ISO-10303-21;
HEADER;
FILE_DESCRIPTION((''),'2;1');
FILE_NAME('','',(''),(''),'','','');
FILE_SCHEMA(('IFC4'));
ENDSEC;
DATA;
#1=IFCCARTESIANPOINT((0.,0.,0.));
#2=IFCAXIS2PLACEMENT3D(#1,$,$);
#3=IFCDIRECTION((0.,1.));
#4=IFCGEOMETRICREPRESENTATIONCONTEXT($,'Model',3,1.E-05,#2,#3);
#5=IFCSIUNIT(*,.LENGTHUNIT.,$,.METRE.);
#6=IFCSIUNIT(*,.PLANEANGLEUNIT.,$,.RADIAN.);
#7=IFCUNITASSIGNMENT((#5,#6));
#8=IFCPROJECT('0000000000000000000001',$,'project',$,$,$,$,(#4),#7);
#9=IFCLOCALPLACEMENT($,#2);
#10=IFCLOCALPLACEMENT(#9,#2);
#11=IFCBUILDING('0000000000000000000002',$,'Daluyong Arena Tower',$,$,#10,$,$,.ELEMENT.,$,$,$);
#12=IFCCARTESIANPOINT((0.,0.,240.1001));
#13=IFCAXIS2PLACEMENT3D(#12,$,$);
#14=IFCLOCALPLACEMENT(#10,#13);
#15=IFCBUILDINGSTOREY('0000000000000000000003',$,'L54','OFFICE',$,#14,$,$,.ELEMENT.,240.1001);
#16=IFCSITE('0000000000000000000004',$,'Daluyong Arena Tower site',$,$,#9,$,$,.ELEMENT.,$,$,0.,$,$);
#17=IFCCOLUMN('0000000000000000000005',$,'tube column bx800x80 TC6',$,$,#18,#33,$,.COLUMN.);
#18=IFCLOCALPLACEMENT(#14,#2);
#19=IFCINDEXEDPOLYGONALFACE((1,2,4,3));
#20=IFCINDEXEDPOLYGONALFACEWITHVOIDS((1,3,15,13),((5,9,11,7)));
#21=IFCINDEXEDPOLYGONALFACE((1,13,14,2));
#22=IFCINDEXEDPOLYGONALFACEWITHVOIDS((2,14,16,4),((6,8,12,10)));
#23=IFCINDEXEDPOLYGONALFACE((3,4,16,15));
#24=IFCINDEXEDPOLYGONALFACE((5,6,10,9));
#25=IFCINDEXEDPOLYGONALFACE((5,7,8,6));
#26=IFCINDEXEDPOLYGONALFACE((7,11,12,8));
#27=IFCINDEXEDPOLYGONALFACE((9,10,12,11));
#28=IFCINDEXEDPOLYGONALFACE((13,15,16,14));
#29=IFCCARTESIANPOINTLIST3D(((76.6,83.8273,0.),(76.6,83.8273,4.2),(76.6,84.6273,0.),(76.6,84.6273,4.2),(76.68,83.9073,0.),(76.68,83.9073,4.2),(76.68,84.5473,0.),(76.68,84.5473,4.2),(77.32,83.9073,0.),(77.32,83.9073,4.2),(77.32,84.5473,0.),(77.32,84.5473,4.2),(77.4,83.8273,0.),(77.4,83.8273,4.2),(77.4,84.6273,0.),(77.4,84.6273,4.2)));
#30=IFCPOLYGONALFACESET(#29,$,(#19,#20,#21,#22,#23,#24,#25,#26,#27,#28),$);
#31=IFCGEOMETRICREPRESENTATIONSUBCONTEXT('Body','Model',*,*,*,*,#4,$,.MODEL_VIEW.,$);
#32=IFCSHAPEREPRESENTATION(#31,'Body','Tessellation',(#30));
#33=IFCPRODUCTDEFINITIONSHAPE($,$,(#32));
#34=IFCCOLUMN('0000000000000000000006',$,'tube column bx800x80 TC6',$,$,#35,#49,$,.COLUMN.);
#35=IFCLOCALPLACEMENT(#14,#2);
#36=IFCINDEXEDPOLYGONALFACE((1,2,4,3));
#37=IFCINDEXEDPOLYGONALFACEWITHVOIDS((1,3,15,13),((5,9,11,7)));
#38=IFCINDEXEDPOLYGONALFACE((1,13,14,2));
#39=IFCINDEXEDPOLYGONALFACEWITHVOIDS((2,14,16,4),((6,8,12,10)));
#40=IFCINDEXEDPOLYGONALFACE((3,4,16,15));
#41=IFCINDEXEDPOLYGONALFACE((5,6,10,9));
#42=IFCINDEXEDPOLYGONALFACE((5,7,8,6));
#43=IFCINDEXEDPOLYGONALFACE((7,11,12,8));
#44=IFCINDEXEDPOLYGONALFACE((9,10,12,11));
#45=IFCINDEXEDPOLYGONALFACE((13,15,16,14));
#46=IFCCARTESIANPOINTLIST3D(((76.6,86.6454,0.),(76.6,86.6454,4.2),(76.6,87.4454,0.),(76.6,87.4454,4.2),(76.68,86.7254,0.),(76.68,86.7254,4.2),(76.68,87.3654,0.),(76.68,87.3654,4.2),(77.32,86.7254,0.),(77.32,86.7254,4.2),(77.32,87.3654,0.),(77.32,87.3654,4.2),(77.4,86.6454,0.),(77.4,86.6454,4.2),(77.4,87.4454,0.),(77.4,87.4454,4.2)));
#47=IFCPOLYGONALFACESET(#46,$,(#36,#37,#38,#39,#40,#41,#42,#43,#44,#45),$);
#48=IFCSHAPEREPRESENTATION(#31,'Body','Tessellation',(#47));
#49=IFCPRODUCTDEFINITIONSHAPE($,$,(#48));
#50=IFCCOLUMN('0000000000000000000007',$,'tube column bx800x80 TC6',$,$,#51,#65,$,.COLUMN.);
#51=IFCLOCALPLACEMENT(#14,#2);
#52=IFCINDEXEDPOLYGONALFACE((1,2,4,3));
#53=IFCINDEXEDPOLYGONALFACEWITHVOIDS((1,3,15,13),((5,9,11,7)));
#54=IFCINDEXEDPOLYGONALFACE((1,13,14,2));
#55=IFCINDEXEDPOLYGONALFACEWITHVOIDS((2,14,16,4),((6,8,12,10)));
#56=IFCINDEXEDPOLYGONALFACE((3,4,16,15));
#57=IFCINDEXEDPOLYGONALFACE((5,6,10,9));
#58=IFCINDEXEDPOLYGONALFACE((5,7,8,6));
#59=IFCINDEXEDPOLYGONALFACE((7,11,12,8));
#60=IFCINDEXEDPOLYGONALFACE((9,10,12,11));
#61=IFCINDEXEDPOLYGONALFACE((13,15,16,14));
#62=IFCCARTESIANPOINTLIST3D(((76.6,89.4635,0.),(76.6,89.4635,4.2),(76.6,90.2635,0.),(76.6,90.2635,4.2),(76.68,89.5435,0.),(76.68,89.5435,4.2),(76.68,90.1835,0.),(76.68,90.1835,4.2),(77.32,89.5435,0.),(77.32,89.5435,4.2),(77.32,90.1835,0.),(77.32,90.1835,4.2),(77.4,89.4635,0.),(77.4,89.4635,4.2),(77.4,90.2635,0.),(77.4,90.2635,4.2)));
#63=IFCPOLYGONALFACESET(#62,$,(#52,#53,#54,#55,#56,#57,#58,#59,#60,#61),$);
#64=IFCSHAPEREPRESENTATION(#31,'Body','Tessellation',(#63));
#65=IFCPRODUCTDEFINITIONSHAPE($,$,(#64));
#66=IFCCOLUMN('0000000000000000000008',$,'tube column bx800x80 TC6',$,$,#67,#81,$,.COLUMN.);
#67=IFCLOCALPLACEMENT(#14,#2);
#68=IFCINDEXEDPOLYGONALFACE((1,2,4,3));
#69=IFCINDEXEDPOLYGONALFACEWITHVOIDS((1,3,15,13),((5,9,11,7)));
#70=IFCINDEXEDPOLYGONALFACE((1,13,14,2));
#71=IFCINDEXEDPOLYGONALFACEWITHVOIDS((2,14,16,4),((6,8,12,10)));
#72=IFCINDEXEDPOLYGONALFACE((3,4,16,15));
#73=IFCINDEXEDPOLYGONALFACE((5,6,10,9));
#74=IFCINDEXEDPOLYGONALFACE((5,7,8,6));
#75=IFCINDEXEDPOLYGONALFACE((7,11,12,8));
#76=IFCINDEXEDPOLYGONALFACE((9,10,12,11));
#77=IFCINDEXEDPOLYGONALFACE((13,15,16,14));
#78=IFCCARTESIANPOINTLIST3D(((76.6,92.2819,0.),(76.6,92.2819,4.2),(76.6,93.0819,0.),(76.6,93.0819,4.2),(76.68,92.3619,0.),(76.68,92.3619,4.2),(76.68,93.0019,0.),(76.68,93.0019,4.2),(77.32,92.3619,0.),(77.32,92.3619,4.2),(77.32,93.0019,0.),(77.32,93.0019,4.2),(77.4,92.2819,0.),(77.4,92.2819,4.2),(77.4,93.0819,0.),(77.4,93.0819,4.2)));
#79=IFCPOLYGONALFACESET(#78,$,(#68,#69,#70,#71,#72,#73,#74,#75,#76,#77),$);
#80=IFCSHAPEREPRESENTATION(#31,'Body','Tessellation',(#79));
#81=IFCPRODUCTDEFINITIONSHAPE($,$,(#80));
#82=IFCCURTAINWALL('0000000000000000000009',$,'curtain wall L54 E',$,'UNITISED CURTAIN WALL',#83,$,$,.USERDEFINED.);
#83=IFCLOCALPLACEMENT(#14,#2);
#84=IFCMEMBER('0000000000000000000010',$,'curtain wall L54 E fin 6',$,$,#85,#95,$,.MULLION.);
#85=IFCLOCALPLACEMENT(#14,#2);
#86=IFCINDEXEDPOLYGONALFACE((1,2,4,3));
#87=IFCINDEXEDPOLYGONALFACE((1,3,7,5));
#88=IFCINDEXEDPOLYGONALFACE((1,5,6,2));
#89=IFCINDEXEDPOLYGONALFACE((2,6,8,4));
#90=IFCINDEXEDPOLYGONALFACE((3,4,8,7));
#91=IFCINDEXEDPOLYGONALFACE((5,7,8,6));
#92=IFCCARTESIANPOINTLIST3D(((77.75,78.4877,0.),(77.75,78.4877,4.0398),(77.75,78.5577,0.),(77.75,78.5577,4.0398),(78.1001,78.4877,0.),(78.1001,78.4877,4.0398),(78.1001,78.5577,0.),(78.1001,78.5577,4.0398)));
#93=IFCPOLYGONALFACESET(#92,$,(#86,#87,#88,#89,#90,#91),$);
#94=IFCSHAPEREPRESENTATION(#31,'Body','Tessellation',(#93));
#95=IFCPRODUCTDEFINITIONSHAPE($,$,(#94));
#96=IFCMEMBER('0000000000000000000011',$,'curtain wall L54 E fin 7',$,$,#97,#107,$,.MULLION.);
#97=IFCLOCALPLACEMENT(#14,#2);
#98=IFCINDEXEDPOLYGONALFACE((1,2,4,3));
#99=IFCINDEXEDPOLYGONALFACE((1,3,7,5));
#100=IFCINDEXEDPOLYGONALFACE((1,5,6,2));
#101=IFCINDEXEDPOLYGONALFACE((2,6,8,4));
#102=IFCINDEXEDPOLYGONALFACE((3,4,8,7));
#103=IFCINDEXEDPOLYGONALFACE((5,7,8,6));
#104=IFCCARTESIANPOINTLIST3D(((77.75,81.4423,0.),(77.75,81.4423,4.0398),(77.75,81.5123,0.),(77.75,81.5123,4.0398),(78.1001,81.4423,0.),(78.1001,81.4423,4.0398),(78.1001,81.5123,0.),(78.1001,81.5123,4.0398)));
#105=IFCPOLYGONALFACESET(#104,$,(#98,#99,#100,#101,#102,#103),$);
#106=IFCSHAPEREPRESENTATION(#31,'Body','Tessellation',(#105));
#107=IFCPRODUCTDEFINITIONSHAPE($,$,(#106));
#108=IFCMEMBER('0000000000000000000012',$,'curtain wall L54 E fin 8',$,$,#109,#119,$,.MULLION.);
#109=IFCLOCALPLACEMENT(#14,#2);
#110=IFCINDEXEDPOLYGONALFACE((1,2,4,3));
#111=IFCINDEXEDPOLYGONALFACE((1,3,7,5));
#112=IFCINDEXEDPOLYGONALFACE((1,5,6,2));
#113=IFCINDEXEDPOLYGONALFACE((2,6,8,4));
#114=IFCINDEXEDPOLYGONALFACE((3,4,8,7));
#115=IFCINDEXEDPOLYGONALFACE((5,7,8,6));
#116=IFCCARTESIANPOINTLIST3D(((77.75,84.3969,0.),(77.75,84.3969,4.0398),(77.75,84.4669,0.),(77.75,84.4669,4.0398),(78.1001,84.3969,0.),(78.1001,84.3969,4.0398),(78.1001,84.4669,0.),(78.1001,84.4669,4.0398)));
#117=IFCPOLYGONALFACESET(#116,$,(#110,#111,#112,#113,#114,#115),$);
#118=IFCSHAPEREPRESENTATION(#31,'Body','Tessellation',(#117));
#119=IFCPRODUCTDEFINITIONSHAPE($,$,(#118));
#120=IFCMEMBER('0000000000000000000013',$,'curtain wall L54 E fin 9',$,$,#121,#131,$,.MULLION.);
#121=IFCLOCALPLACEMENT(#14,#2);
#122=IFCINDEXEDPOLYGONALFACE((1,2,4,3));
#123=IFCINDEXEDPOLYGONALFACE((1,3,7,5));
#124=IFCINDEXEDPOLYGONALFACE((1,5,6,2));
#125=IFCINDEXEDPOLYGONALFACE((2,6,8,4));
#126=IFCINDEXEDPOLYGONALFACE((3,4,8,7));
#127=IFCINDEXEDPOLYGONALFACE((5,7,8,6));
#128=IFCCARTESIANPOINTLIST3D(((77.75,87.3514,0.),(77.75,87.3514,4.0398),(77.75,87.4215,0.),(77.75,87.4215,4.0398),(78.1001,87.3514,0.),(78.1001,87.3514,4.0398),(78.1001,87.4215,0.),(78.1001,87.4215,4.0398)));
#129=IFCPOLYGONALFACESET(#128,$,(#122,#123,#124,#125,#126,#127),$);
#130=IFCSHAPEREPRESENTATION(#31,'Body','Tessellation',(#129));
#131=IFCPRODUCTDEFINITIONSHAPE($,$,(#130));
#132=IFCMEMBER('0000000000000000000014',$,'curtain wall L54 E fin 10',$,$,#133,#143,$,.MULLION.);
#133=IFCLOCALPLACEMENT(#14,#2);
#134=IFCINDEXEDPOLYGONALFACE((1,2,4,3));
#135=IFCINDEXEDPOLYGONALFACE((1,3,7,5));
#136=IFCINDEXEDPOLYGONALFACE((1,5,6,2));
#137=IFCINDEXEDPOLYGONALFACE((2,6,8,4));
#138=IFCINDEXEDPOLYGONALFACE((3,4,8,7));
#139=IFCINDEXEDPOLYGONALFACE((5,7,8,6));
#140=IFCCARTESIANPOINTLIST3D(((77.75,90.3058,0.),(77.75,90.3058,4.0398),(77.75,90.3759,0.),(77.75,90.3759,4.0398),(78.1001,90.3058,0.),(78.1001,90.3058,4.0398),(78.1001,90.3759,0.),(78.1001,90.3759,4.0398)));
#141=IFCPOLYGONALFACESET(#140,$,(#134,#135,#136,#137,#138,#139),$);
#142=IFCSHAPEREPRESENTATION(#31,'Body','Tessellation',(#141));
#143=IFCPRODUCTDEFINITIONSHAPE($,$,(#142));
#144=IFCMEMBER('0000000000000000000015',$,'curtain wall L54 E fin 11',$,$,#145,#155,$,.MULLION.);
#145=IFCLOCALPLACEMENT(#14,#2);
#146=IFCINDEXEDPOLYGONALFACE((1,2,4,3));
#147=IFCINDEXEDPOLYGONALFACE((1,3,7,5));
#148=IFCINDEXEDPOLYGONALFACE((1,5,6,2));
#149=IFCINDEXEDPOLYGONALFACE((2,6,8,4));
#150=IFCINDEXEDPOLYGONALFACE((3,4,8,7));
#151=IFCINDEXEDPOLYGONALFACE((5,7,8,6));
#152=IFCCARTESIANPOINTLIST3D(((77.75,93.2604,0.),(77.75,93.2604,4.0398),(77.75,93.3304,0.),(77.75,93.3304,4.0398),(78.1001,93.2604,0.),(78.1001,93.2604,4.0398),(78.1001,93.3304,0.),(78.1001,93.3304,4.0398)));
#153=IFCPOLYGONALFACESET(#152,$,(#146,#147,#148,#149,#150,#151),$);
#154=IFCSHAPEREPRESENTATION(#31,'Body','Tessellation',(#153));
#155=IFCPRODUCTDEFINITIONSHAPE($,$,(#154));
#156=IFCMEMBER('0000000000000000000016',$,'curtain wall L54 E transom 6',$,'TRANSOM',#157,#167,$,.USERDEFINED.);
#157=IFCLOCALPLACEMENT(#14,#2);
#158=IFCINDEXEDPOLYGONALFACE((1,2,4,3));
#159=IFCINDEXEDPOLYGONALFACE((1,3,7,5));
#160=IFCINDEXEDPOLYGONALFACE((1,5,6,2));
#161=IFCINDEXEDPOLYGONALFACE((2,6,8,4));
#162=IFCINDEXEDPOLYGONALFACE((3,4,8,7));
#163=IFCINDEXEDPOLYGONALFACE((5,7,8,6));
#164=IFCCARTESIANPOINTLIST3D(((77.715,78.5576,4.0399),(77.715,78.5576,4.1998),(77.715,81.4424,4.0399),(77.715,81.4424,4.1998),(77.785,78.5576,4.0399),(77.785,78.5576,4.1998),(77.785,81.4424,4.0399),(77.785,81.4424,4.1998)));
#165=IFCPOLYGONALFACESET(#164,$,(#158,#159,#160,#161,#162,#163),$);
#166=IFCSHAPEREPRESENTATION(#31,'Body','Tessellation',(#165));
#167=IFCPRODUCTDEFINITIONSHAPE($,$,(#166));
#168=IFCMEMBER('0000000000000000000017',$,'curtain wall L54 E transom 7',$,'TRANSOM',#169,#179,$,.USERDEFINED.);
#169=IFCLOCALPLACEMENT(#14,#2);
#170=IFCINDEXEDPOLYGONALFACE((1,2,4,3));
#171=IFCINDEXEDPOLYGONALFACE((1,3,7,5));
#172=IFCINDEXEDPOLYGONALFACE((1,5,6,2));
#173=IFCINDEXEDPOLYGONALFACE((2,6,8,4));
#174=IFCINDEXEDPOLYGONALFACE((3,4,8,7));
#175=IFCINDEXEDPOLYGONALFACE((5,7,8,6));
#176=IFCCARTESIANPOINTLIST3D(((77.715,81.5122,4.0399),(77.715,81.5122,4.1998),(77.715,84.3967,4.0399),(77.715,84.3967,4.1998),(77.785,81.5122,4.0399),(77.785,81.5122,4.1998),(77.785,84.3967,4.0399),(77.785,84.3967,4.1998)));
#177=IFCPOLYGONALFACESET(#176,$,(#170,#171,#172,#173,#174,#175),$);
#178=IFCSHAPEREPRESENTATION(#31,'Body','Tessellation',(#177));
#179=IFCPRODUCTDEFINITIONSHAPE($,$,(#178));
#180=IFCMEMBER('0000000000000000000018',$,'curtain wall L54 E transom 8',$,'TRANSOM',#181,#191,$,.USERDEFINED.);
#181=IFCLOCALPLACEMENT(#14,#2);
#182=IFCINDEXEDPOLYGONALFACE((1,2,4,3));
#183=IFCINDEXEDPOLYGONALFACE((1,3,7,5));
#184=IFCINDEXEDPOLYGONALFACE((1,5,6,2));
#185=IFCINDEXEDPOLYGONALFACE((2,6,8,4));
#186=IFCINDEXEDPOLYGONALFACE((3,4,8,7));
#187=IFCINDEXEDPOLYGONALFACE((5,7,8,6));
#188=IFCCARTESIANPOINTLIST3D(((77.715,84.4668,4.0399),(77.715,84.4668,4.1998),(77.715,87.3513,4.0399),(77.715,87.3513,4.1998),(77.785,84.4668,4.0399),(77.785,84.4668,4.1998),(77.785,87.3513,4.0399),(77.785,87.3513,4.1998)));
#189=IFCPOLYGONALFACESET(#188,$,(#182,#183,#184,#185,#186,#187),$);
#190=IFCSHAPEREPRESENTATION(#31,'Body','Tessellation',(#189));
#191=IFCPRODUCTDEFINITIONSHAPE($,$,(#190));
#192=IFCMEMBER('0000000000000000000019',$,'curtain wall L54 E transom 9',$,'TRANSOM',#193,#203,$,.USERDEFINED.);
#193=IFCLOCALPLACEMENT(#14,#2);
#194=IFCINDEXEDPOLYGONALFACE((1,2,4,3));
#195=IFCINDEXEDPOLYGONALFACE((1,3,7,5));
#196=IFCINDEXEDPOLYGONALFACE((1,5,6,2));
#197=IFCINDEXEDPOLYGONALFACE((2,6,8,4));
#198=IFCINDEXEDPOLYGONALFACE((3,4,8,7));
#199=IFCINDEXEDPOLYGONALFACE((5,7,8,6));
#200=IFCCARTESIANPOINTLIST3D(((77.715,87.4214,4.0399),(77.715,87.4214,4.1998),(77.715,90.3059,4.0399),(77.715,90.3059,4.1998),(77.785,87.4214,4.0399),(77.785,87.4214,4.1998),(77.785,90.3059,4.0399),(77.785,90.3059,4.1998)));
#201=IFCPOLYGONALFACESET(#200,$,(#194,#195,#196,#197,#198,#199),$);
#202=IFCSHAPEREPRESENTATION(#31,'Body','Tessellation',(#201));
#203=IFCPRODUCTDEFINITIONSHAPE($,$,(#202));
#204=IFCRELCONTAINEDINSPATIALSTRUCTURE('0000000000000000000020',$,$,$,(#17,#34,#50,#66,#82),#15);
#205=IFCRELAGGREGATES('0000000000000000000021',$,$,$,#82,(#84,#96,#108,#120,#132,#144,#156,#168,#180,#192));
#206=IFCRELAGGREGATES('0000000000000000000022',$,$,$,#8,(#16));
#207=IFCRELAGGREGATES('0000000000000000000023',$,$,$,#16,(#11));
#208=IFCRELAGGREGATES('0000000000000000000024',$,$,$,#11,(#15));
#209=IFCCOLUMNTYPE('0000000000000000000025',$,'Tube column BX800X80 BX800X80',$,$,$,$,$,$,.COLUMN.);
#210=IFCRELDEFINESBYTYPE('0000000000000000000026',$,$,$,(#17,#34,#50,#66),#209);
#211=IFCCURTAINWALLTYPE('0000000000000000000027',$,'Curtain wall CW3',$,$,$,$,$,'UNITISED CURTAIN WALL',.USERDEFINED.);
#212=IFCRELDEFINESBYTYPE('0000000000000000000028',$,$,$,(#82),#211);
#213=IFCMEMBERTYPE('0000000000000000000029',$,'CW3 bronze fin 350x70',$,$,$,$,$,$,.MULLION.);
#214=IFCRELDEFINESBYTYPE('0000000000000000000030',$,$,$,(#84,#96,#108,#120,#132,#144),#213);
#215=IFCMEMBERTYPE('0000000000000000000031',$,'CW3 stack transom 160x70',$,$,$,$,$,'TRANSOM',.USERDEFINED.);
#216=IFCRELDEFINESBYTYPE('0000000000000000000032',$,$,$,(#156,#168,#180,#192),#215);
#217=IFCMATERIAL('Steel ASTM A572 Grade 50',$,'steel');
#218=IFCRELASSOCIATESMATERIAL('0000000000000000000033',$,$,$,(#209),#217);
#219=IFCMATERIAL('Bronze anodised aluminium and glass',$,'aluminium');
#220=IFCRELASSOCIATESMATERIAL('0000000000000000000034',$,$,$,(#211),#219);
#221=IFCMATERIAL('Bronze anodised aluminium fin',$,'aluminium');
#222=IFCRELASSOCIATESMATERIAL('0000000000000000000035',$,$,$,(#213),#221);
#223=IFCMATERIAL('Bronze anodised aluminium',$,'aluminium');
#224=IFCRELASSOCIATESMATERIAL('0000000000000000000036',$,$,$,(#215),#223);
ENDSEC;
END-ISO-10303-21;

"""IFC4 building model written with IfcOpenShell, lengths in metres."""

from ifc_helpers import new_model, si_unit, direction, frame, origin, origin_2d, place, context, subcontext, project, spatial, rectangle, hollow_rectangle, extrude, material, material_profile, profile_set, type_object, element, aggregate, save


model = new_model("IFC4")

# Units and contexts
model_context = context("Model", 3, precision=1e-05, world=origin(), true_north=direction((0.0, 1.0)))
body_context = subcontext(model_context, "Body", "Model", "MODEL_VIEW")
ifc_project = project(units=[si_unit("LENGTHUNIT", "METRE"), si_unit("PLANEANGLEUNIT", "RADIAN")], contexts=[model_context])

# Site, building, storey
site_placement = place(None, origin())
site = spatial("IfcSite", under=ifc_project, at=site_placement, Name="Daluyong Arena Tower site", CompositionType="ELEMENT", RefElevation=0.0)
building_placement = place(site_placement, origin())
building = spatial("IfcBuilding", under=site, at=building_placement, Name="Daluyong Arena Tower", CompositionType="ELEMENT")
storey_placement = place(building_placement, frame((0.0, 0.0, 240.1001)))
storey = spatial("IfcBuildingStorey", under=building, at=storey_placement, Name="L54", Description="OFFICE", CompositionType="ELEMENT", Elevation=240.1001)

# Columns
ifc_material_1 = material(Name="Steel ASTM A572 Grade 50", Category="steel")
ifc_material_profile_1 = material_profile(ifc_material_1, hollow_rectangle(XDim=0.8, YDim=0.8, WallThickness=0.08, at=origin_2d()))
ifc_profile_set_1 = profile_set([ifc_material_profile_1], Name="Steel ASTM A572 Grade 50")
column_type = type_object("IfcColumnType", Name="Tube column BX800X80 BX800X80", PredefinedType="COLUMN", material=ifc_profile_set_1)
for number, where, z_axis, x_axis, name in (
    (1, (77.0, 84.2273, 0.0), (0.0, 0.0, 1.0), (0.0, 1.0, 0.0), "tube column bx800x80 TC6"),
    (2, (77.0, 87.0454, 0.0), (0.0, 0.0, 1.0), (0.0, 1.0, 0.0), "tube column bx800x80 TC6"),
    (3, (77.0, 89.8635, 0.0), (0.0, 0.0, 1.0), (0.0, 1.0, 0.0), "tube column bx800x80 TC6"),
    (4, (77.0, 92.6819, 0.0), (0.0, 0.0, 1.0), (0.0, 1.0, 0.0), "tube column bx800x80 TC6"),
):
    element("IfcColumn", number, at=place(storey_placement, frame(where, z_axis=z_axis, x_axis=x_axis)), inside=storey, type_object=column_type, Name=name, PredefinedType="COLUMN", context=body_context, shape_type="SweptSolid", body=[
        extrude(hollow_rectangle(XDim=0.8, YDim=0.8, WallThickness=0.08, at=origin_2d()), origin(), (0.0, 0.0, 1.0), 4.2),
    ])

# Curtain wall, members
ifc_material_2 = material(Name="Bronze anodised aluminium and glass", Category="aluminium")
curtain_wall_type = type_object("IfcCurtainWallType", Name="Curtain wall CW3", ElementType="UNITISED CURTAIN WALL", PredefinedType="USERDEFINED", material=ifc_material_2)
curtain_wall_placement = place(storey_placement, origin())
curtain_wall = element("IfcCurtainWall", 5, at=curtain_wall_placement, inside=storey, type_object=curtain_wall_type, Name="curtain wall L54 E", ObjectType="UNITISED CURTAIN WALL", PredefinedType="USERDEFINED")
ifc_material_3 = material(Name="Bronze anodised aluminium fin", Category="aluminium")
ifc_material_profile_2 = material_profile(ifc_material_3, rectangle(XDim=0.3501, YDim=0.0701, at=origin_2d()))
ifc_profile_set_2 = profile_set([ifc_material_profile_2], Name="Bronze anodised aluminium fin")
member_type_1 = type_object("IfcMemberType", Name="CW3 bronze fin 350x70", PredefinedType="MULLION", material=ifc_profile_set_2)
member_1_placement = place(storey_placement, frame((77.925, 78.5227, 0.0), z_axis=(0.0, 0.0, 1.0), x_axis=(-1.0, 0.0, 0.0)))
member_1 = element("IfcMember", 6, at=member_1_placement, type_object=member_type_1, Name="curtain wall L54 E fin 6", PredefinedType="MULLION", context=body_context, shape_type="SweptSolid", body=[
    extrude(rectangle(XDim=0.3501, YDim=0.0701, at=origin_2d()), origin(), (0.0, 0.0, 1.0), 4.0398),
])
member_2_placement = place(storey_placement, frame((77.925, 81.4773, 0.0), z_axis=(0.0, 0.0, 1.0), x_axis=(-1.0, 0.0, 0.0)))
member_2 = element("IfcMember", 7, at=member_2_placement, type_object=member_type_1, Name="curtain wall L54 E fin 7", PredefinedType="MULLION", context=body_context, shape_type="SweptSolid", body=[
    extrude(rectangle(XDim=0.3501, YDim=0.0701, at=origin_2d()), origin(), (0.0, 0.0, 1.0), 4.0398),
])
member_3_placement = place(storey_placement, frame((77.925, 84.4319, 0.0), z_axis=(0.0, 0.0, 1.0), x_axis=(-1.0, 0.0, 0.0)))
member_3 = element("IfcMember", 8, at=member_3_placement, type_object=member_type_1, Name="curtain wall L54 E fin 8", PredefinedType="MULLION", context=body_context, shape_type="SweptSolid", body=[
    extrude(rectangle(XDim=0.3501, YDim=0.0701, at=origin_2d()), origin(), (0.0, 0.0, 1.0), 4.0398),
])
member_4_placement = place(storey_placement, frame((77.925, 87.3865, 0.0), z_axis=(0.0, 0.0, 1.0), x_axis=(-1.0, 0.0, 0.0)))
member_4 = element("IfcMember", 9, at=member_4_placement, type_object=member_type_1, Name="curtain wall L54 E fin 9", PredefinedType="MULLION", context=body_context, shape_type="SweptSolid", body=[
    extrude(rectangle(XDim=0.3501, YDim=0.0701, at=origin_2d()), origin(), (0.0, 0.0, 1.0), 4.0398),
])
member_5_placement = place(storey_placement, frame((77.925, 90.3408, 0.0), z_axis=(0.0, 0.0, 1.0), x_axis=(-1.0, 0.0, 0.0)))
member_5 = element("IfcMember", 10, at=member_5_placement, type_object=member_type_1, Name="curtain wall L54 E fin 10", PredefinedType="MULLION", context=body_context, shape_type="SweptSolid", body=[
    extrude(rectangle(XDim=0.3501, YDim=0.0701, at=origin_2d()), origin(), (0.0, 0.0, 1.0), 4.0398),
])
member_6_placement = place(storey_placement, frame((77.925, 93.2954, 0.0), z_axis=(0.0, 0.0, 1.0), x_axis=(-1.0, 0.0, 0.0)))
member_6 = element("IfcMember", 11, at=member_6_placement, type_object=member_type_1, Name="curtain wall L54 E fin 11", PredefinedType="MULLION", context=body_context, shape_type="SweptSolid", body=[
    extrude(rectangle(XDim=0.3501, YDim=0.0701, at=origin_2d()), origin(), (0.0, 0.0, 1.0), 4.0398),
])
ifc_material_4 = material(Name="Bronze anodised aluminium", Category="aluminium")
ifc_material_profile_3 = material_profile(ifc_material_4, rectangle(XDim=0.0701, YDim=0.1599, at=origin_2d()))
ifc_profile_set_3 = profile_set([ifc_material_profile_3], Name="Bronze anodised aluminium")
member_type_2 = type_object("IfcMemberType", Name="CW3 stack transom 160x70", ElementType="TRANSOM", PredefinedType="USERDEFINED", material=ifc_profile_set_3)
member_7_placement = place(storey_placement, frame((77.75, 78.5576, 4.1199), z_axis=(0.0, 1.0, 0.0), x_axis=(-1.0, 0.0, 0.0)))
member_7 = element("IfcMember", 12, at=member_7_placement, type_object=member_type_2, Name="curtain wall L54 E transom 6", ObjectType="TRANSOM", PredefinedType="USERDEFINED", context=body_context, shape_type="SweptSolid", body=[
    extrude(rectangle(XDim=0.0701, YDim=0.1599, at=origin_2d()), origin(), (0.0, 0.0, 1.0), 2.8848),
])
member_8_placement = place(storey_placement, frame((77.75, 81.5122, 4.1199), z_axis=(0.0, 1.0, 0.0), x_axis=(-1.0, 0.0, 0.0)))
member_8 = element("IfcMember", 13, at=member_8_placement, type_object=member_type_2, Name="curtain wall L54 E transom 7", ObjectType="TRANSOM", PredefinedType="USERDEFINED", context=body_context, shape_type="SweptSolid", body=[
    extrude(rectangle(XDim=0.0701, YDim=0.1599, at=origin_2d()), origin(), (0.0, 0.0, 1.0), 2.8845),
])
member_9_placement = place(storey_placement, frame((77.75, 84.4668, 4.1199), z_axis=(0.0, 1.0, 0.0), x_axis=(-1.0, 0.0, 0.0)))
member_9 = element("IfcMember", 14, at=member_9_placement, type_object=member_type_2, Name="curtain wall L54 E transom 8", ObjectType="TRANSOM", PredefinedType="USERDEFINED", context=body_context, shape_type="SweptSolid", body=[
    extrude(rectangle(XDim=0.0701, YDim=0.1599, at=origin_2d()), origin(), (0.0, 0.0, 1.0), 2.8845),
])
member_10_placement = place(storey_placement, frame((77.75, 87.4214, 4.1199), z_axis=(0.0, 1.0, 0.0), x_axis=(-1.0, 0.0, 0.0)))
member_10 = element("IfcMember", 15, at=member_10_placement, type_object=member_type_2, Name="curtain wall L54 E transom 9", ObjectType="TRANSOM", PredefinedType="USERDEFINED", context=body_context, shape_type="SweptSolid", body=[
    extrude(rectangle(XDim=0.0701, YDim=0.1599, at=origin_2d()), origin(), (0.0, 0.0, 1.0), 2.8845),
])

aggregate(curtain_wall, [member_1, member_2, member_3, member_4, member_5, member_6, member_7, member_8, member_9, member_10])

save(model, "model.ifc")
